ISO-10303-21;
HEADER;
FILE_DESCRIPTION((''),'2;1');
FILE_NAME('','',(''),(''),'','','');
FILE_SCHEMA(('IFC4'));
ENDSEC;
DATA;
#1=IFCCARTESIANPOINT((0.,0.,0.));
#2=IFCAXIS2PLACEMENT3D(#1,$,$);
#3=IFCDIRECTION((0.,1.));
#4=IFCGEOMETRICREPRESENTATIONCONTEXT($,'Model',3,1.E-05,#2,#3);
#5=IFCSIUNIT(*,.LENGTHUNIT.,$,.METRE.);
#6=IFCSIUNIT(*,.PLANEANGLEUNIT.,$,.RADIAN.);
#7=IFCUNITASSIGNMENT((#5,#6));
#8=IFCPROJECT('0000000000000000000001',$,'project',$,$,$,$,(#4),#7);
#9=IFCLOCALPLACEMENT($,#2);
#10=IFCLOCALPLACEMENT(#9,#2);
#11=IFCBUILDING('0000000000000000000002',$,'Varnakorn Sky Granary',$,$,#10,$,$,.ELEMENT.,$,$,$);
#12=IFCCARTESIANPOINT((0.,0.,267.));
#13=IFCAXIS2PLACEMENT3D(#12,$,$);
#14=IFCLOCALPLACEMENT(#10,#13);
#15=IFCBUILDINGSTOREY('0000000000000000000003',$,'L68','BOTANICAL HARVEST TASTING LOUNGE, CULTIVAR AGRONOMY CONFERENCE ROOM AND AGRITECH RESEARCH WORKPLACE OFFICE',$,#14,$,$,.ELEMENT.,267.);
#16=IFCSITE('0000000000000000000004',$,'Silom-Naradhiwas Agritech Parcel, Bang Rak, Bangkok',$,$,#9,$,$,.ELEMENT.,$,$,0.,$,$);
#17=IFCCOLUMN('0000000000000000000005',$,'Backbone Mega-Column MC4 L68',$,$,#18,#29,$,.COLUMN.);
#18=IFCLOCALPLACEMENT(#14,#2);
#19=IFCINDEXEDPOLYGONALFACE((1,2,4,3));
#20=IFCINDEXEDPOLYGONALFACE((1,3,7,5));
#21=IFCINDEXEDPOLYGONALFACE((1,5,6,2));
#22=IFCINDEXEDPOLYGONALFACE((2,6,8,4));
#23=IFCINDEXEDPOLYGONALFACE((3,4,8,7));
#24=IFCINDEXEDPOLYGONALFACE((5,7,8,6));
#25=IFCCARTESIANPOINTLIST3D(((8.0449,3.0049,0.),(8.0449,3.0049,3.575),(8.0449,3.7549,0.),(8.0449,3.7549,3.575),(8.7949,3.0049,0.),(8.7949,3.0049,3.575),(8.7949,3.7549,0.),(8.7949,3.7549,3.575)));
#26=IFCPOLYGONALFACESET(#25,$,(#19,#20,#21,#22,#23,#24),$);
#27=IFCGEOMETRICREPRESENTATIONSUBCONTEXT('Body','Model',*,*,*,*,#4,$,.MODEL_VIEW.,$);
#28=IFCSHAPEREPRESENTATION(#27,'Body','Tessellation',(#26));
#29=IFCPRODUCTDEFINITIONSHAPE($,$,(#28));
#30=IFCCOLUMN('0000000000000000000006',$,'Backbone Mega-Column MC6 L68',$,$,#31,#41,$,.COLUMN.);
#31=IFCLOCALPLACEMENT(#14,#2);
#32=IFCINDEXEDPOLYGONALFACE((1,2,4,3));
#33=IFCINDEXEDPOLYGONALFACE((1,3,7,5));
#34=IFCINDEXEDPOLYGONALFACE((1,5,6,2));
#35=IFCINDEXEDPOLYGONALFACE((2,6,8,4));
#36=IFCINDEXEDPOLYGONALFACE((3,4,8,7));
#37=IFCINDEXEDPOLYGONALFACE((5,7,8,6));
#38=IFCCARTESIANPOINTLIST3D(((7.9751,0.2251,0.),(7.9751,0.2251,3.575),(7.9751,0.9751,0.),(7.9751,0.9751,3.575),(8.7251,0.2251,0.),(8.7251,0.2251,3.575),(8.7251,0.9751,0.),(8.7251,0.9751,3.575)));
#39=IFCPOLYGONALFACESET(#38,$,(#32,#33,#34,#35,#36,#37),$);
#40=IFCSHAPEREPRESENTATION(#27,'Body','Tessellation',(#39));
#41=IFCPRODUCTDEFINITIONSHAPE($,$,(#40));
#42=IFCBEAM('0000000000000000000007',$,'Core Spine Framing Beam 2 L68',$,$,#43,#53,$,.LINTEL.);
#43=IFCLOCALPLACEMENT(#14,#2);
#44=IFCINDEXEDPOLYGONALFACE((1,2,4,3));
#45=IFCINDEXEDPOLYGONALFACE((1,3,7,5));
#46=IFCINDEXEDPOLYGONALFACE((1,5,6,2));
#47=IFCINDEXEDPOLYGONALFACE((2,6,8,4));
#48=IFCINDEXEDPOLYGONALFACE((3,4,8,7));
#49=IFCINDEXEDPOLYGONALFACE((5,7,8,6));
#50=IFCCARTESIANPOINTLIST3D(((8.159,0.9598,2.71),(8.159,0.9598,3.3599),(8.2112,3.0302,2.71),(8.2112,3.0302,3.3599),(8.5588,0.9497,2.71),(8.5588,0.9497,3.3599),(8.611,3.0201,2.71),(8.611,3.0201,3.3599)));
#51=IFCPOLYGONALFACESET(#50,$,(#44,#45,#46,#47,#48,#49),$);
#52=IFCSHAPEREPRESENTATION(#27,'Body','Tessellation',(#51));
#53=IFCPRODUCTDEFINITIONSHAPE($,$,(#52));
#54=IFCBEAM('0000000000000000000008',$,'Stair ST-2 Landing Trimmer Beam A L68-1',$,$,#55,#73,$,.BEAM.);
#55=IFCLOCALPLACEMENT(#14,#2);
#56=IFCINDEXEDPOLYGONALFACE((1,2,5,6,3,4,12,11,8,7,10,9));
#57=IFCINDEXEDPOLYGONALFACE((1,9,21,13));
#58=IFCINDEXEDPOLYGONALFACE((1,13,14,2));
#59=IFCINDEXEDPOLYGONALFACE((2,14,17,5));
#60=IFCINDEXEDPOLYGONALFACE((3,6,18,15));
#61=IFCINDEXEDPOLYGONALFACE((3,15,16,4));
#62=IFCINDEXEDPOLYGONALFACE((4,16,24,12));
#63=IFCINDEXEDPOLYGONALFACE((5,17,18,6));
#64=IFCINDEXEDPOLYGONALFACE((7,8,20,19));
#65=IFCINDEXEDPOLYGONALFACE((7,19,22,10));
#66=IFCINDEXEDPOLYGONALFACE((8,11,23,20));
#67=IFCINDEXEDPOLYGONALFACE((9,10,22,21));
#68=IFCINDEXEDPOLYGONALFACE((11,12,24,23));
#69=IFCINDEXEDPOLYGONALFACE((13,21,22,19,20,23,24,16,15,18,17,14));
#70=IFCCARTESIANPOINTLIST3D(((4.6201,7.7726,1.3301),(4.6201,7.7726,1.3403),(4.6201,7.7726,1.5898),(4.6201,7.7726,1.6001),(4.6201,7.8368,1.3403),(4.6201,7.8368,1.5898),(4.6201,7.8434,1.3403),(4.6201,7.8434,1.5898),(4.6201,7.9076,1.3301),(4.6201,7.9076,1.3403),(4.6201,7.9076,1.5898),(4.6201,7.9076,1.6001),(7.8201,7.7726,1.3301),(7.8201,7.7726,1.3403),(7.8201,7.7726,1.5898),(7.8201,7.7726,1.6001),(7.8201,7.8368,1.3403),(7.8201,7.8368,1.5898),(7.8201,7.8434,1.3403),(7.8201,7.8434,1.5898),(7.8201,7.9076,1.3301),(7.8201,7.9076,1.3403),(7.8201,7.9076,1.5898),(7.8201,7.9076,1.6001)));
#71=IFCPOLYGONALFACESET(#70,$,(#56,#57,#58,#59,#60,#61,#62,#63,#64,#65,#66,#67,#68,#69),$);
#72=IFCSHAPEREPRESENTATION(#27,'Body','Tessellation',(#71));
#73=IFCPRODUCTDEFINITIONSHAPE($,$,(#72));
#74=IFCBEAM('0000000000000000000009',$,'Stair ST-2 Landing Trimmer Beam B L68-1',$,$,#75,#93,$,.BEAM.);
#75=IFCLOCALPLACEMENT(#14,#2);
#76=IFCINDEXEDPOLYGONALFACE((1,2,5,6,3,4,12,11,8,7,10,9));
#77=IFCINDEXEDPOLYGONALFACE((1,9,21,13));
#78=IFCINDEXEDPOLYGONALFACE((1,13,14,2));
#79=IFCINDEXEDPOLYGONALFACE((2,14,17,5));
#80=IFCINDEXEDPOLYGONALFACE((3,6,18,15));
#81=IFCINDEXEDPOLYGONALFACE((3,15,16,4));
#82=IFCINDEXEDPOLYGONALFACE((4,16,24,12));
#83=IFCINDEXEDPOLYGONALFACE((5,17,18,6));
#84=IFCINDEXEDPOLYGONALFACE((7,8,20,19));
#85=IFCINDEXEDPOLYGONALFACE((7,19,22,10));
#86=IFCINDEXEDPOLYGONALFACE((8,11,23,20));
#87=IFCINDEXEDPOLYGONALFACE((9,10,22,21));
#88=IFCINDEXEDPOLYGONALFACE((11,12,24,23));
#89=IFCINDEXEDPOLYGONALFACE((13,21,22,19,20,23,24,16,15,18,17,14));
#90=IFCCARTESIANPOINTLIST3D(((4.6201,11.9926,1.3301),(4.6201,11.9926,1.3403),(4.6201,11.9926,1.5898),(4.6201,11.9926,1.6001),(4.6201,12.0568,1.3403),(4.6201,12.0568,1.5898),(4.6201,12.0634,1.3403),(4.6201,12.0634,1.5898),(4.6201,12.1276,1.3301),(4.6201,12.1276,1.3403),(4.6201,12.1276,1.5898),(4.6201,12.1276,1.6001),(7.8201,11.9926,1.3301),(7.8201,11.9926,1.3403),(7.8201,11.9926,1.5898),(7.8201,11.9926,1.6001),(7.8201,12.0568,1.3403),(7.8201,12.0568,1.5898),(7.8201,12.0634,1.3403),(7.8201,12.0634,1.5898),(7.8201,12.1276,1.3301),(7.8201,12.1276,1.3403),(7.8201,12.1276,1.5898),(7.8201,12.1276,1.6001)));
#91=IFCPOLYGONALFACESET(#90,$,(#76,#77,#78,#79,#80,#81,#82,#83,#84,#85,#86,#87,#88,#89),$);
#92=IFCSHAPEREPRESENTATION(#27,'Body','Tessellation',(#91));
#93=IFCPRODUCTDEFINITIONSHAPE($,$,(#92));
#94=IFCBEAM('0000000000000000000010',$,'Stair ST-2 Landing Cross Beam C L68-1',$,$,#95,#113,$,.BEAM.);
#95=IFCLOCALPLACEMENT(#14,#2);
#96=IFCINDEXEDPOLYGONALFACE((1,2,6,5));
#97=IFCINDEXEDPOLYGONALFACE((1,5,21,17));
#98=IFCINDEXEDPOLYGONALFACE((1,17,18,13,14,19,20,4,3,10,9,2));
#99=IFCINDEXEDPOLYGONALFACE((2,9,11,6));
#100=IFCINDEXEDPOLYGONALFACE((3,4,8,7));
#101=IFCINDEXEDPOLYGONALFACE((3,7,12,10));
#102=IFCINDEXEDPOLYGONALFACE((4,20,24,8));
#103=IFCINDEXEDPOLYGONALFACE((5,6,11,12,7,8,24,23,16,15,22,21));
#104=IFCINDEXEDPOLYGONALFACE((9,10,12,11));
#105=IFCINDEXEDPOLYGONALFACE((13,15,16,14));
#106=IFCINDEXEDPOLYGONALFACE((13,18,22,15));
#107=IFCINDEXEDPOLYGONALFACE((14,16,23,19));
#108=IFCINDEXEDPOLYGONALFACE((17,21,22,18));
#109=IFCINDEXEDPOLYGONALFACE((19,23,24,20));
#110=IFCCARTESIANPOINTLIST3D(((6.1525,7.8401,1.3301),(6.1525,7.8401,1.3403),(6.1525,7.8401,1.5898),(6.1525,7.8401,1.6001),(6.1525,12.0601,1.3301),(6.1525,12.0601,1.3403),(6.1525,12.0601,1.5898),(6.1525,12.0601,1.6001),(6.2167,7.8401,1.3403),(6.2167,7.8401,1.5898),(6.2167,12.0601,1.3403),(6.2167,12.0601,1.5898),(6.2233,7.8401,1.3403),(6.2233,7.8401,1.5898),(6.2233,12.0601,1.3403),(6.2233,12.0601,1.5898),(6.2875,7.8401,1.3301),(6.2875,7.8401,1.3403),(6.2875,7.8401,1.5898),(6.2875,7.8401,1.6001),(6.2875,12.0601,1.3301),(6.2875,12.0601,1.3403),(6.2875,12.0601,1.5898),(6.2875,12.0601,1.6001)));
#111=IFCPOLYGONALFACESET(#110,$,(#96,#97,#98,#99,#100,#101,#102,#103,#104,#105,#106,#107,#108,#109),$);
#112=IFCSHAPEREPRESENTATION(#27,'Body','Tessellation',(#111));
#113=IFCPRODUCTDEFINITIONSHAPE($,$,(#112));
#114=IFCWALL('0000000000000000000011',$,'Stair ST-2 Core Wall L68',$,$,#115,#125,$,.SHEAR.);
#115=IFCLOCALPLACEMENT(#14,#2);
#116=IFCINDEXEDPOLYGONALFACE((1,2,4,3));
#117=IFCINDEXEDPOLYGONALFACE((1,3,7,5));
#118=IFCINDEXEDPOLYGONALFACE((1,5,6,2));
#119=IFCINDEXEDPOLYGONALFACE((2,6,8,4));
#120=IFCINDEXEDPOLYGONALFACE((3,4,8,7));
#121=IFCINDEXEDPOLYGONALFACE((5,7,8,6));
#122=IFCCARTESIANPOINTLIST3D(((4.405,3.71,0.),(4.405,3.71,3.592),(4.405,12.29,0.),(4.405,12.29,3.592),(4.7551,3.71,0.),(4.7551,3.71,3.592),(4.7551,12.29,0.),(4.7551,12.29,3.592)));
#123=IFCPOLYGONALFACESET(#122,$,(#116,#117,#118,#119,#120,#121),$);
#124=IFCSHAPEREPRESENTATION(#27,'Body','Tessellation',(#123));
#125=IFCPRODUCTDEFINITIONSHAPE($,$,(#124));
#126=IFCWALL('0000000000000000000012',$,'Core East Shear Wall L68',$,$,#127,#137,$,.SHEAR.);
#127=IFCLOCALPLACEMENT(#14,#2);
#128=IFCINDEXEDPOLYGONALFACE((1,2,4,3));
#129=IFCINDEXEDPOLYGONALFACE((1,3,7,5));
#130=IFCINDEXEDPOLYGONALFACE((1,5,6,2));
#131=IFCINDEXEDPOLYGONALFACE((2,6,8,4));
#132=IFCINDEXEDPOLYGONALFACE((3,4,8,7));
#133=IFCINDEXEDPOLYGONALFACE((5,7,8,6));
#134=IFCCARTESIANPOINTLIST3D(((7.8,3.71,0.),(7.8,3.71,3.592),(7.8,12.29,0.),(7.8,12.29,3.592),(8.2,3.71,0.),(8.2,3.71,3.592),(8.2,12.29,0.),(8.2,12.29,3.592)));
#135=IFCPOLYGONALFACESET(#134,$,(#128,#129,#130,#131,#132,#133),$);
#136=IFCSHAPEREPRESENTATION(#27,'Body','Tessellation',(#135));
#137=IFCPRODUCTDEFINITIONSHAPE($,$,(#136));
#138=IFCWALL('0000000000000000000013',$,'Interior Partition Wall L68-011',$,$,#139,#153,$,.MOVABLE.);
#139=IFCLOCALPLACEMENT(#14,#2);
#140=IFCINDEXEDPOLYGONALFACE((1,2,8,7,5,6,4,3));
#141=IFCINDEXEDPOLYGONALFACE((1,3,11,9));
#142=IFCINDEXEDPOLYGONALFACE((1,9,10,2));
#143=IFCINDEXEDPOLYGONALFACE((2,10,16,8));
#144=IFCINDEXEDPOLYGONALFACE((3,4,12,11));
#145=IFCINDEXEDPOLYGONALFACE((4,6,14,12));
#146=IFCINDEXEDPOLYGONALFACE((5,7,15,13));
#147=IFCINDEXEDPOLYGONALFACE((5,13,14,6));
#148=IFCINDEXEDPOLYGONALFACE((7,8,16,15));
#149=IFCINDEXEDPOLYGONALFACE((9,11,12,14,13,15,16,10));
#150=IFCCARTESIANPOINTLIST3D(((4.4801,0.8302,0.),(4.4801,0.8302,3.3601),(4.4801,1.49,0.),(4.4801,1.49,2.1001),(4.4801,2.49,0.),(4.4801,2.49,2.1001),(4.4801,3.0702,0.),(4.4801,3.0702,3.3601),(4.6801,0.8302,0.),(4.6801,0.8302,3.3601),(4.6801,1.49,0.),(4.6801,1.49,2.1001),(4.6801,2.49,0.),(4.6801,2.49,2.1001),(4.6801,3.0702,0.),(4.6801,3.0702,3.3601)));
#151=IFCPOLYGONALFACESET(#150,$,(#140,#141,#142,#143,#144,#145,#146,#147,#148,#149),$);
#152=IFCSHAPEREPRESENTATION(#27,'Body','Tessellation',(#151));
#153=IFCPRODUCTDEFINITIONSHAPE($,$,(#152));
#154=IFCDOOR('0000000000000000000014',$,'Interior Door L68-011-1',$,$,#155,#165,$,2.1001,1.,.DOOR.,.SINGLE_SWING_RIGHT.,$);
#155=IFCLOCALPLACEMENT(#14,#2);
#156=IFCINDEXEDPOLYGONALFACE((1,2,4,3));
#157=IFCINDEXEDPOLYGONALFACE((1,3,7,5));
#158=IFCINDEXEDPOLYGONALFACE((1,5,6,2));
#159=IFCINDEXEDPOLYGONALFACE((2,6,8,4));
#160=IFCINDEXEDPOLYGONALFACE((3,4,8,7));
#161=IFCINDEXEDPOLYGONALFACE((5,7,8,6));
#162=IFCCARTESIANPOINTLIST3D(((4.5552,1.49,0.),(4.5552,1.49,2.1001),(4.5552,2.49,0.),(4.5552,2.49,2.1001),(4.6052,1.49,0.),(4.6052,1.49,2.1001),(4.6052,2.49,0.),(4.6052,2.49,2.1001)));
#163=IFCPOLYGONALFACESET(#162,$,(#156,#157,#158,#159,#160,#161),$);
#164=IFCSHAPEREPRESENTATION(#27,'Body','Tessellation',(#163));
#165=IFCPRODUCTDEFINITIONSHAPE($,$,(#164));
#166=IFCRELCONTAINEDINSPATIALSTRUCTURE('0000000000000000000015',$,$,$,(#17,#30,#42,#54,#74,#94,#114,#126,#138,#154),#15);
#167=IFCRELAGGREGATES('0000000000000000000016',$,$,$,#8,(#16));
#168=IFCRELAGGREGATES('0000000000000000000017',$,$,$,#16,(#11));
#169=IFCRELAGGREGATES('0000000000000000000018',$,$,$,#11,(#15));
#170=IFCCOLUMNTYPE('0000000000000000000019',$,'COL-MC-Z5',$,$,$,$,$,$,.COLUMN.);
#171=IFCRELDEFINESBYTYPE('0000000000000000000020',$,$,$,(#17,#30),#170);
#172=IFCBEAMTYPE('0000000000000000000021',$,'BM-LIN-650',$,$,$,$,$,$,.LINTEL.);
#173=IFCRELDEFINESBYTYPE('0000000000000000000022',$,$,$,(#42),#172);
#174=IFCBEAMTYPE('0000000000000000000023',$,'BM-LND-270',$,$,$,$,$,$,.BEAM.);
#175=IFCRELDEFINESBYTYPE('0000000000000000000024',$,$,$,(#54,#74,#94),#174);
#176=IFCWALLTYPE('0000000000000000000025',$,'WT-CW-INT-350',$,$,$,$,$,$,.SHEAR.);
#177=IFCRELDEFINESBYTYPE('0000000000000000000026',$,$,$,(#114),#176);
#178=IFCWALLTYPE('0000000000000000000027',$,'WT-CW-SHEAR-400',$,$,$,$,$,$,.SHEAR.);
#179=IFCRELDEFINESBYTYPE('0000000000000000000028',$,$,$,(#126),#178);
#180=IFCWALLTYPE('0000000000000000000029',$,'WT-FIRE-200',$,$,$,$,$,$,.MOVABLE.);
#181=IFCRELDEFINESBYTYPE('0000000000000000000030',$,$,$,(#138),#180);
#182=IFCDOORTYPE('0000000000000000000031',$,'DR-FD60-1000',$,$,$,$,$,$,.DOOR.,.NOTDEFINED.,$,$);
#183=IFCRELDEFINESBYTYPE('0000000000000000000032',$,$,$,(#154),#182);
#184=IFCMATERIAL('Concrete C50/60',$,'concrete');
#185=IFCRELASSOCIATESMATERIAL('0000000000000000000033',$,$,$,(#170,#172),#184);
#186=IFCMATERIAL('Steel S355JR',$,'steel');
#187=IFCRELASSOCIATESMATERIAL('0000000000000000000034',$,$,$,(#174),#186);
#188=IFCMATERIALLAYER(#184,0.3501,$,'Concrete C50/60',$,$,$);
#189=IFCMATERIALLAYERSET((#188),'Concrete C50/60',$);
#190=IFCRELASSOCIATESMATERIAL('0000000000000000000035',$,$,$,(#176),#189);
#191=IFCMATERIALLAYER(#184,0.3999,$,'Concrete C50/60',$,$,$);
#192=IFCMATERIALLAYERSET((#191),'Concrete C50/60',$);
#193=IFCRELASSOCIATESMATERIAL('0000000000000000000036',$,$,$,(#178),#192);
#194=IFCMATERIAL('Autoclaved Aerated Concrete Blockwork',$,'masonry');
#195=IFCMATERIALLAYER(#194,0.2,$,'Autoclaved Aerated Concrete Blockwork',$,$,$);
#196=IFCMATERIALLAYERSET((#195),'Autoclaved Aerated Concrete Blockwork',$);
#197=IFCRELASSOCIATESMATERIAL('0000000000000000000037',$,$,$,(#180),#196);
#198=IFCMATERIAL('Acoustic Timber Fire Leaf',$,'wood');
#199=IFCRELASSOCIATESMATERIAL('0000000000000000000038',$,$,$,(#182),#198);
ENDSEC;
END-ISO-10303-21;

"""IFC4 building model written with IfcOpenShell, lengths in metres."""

from ifc_helpers import new_model, si_unit, direction, frame, frame_2d, origin, origin_2d, place, context, subcontext, project, spatial, rectangle, i_section, extrude, material, layer, layer_set, material_profile, profile_set, type_object, element, fill, save


model = new_model("IFC4")

# Units and contexts
model_context = context("Model", 3, precision=1e-05, world=origin(), true_north=direction((0.0, 1.0)))
body_context = subcontext(model_context, "Body", "Model", "MODEL_VIEW")
ifc_project = project(units=[si_unit("LENGTHUNIT", "METRE"), si_unit("PLANEANGLEUNIT", "RADIAN")], contexts=[model_context])

# Site, building, storey
site_placement = place(None, origin())
site = spatial("IfcSite", under=ifc_project, at=site_placement, Name="Silom-Naradhiwas Agritech Parcel, Bang Rak, Bangkok", CompositionType="ELEMENT", RefElevation=0.0)
building_placement = place(site_placement, origin())
building = spatial("IfcBuilding", under=site, at=building_placement, Name="Varnakorn Sky Granary", CompositionType="ELEMENT")
storey_placement = place(building_placement, frame((0.0, 0.0, 267.0)))
storey = spatial("IfcBuildingStorey", under=building, at=storey_placement, Name="L68", Description="BOTANICAL HARVEST TASTING LOUNGE, CULTIVAR AGRONOMY CONFERENCE ROOM AND AGRITECH RESEARCH WORKPLACE OFFICE", CompositionType="ELEMENT", Elevation=267.0)

# Columns
ifc_material_1 = material(Name="Concrete C50/60", Category="concrete")
ifc_material_profile_1 = material_profile(ifc_material_1, rectangle(XDim=0.75, YDim=0.75, at=origin_2d()), Name="RC 750x750")
ifc_profile_set_1 = profile_set([ifc_material_profile_1], Name="Concrete C50/60")
column_type = type_object("IfcColumnType", Name="COL-MC-Z5", PredefinedType="COLUMN", material=ifc_profile_set_1)
for number, where, z_axis, x_axis, name in (
    (1, (8.4199, 3.3799, 0.0), (0.0, 0.0, 1.0), (1.0, 0.0, 0.0), "Backbone Mega-Column MC4 L68"),
    (2, (8.3501, 0.6001, 0.0), (0.0, 0.0, 1.0), (1.0, 0.0, 0.0), "Backbone Mega-Column MC6 L68"),
):
    element("IfcColumn", number, at=place(storey_placement, frame(where, z_axis=z_axis, x_axis=x_axis)), inside=storey, type_object=column_type, Name=name, PredefinedType="COLUMN", context=body_context, shape_type="SweptSolid", body=[
        extrude(rectangle(XDim=0.75, YDim=0.75, at=origin_2d()), origin(), (0.0, 0.0, 1.0), 3.575),
    ])

# Beams
ifc_material_profile_2 = material_profile(ifc_material_1, rectangle(XDim=0.3999, YDim=0.6499, at=origin_2d()), Name="RC 400x650")
ifc_profile_set_2 = profile_set([ifc_material_profile_2], Name="Concrete C50/60")
beam_type_1 = type_object("IfcBeamType", Name="BM-LIN-650", PredefinedType="LINTEL", material=ifc_profile_set_2)
beam_1_placement = place(storey_placement, frame((8.4111, 3.0251, 3.0349), z_axis=(-0.025228, -0.999682, 0.0), x_axis=(0.999682, -0.025228, 0.0)))
element("IfcBeam", 3, at=beam_1_placement, inside=storey, type_object=beam_type_1, Name="Core Spine Framing Beam 2 L68", PredefinedType="LINTEL", context=body_context, shape_type="SweptSolid", body=[
    extrude(rectangle(XDim=0.3999, YDim=0.6499, at=origin_2d()), origin(), (0.0, 0.0, 1.0), 2.071),
])
ifc_material_2 = material(Name="Steel S355JR", Category="steel")
ifc_material_profile_3 = material_profile(ifc_material_2, i_section(OverallWidth=0.135, OverallDepth=0.27, WebThickness=0.0066, FlangeThickness=0.0103, at=origin_2d()), Name="IPE 270")
ifc_profile_set_3 = profile_set([ifc_material_profile_3], Name="Steel S355JR")
beam_type_2 = type_object("IfcBeamType", Name="BM-LND-270", PredefinedType="BEAM", material=ifc_profile_set_3)
for number, where, z_axis, x_axis, name in (
    (4, (4.6201, 7.8401, 1.4651), (1.0, 0.0, 0.0), (0.0, 1.0, 0.0), "Stair ST-2 Landing Trimmer Beam A L68-1"),
    (5, (4.6201, 12.0601, 1.4651), (1.0, 0.0, 0.0), (0.0, 1.0, 0.0), "Stair ST-2 Landing Trimmer Beam B L68-1"),
):
    element("IfcBeam", number, at=place(storey_placement, frame(where, z_axis=z_axis, x_axis=x_axis)), inside=storey, type_object=beam_type_2, Name=name, PredefinedType="BEAM", context=body_context, shape_type="SweptSolid", body=[
        extrude(i_section(OverallWidth=0.135, OverallDepth=0.27, WebThickness=0.0066, FlangeThickness=0.0103, at=origin_2d()), origin(), (0.0, 0.0, 1.0), 3.2),
    ])
beam_2_placement = place(storey_placement, frame((6.22, 7.8401, 1.4651), z_axis=(0.0, 1.0, 0.0), x_axis=(-1.0, 0.0, 0.0)))
element("IfcBeam", 6, at=beam_2_placement, inside=storey, type_object=beam_type_2, Name="Stair ST-2 Landing Cross Beam C L68-1", PredefinedType="BEAM", context=body_context, shape_type="SweptSolid", body=[
    extrude(i_section(OverallWidth=0.135, OverallDepth=0.27, WebThickness=0.0066, FlangeThickness=0.0103, at=origin_2d()), origin(), (0.0, 0.0, 1.0), 4.22),
])

# Walls
ifc_layer_1 = layer(ifc_material_1, 0.3501, Name="Concrete C50/60")
ifc_layer_set_1 = layer_set([ifc_layer_1], Name="Concrete C50/60")
wall_type_1 = type_object("IfcWallType", Name="WT-CW-INT-350", PredefinedType="SHEAR", material=ifc_layer_set_1)
wall_1_placement = place(storey_placement, frame((4.5801, 3.71, 0.0), z_axis=(0.0, 0.0, 1.0), x_axis=(0.0, 1.0, 0.0)))
element("IfcWall", 7, at=wall_1_placement, inside=storey, type_object=wall_type_1, Name="Stair ST-2 Core Wall L68", PredefinedType="SHEAR", context=body_context, shape_type="SweptSolid", body=[
    extrude(rectangle(XDim=8.5801, YDim=0.3501, at=frame_2d((4.29, 0.0))), origin(), (0.0, 0.0, 1.0), 3.592),
])
ifc_layer_2 = layer(ifc_material_1, 0.3999, Name="Concrete C50/60")
ifc_layer_set_2 = layer_set([ifc_layer_2], Name="Concrete C50/60")
wall_type_2 = type_object("IfcWallType", Name="WT-CW-SHEAR-400", PredefinedType="SHEAR", material=ifc_layer_set_2)
wall_2_placement = place(storey_placement, frame((8.0, 3.71, 0.0), z_axis=(0.0, 0.0, 1.0), x_axis=(0.0, 1.0, 0.0)))
element("IfcWall", 8, at=wall_2_placement, inside=storey, type_object=wall_type_2, Name="Core East Shear Wall L68", PredefinedType="SHEAR", context=body_context, shape_type="SweptSolid", body=[
    extrude(rectangle(XDim=8.5801, YDim=0.3999, at=frame_2d((4.29, 0.0))), origin(), (0.0, 0.0, 1.0), 3.592),
])

# Wall, opening, door
ifc_material_3 = material(Name="Autoclaved Aerated Concrete Blockwork", Category="masonry")
ifc_layer_3 = layer(ifc_material_3, 0.2, Name="Autoclaved Aerated Concrete Blockwork")
ifc_layer_set_3 = layer_set([ifc_layer_3], Name="Autoclaved Aerated Concrete Blockwork")
wall_type_3 = type_object("IfcWallType", Name="WT-FIRE-200", PredefinedType="MOVABLE", material=ifc_layer_set_3)
wall_3_placement = place(storey_placement, frame((4.5801, 0.8301, 0.0), z_axis=(0.0, 0.0, 1.0), x_axis=(0.0, 1.0, 0.0)))
wall_3 = element("IfcWall", 9, at=wall_3_placement, inside=storey, type_object=wall_type_3, Name="Interior Partition Wall L68-011", PredefinedType="MOVABLE", context=body_context, shape_type="SweptSolid", body=[
    extrude(rectangle(XDim=2.24, YDim=0.2, at=frame_2d((1.1201, 0.0))), origin(), (0.0, 0.0, 1.0), 3.3601),
])
opening_1_placement = place(wall_3_placement, frame((0.6599, 0.0, 0.0)))
opening_1 = element("IfcOpeningElement", 10, at=opening_1_placement, cuts=wall_3, PredefinedType="OPENING", context=body_context, shape_type="SweptSolid", body=[
    extrude(rectangle(XDim=1.0, YDim=2.1001, at=frame_2d((0.5, 1.05))), frame((0.0, 0.1099, 0.0), z_axis=(0.0, -1.0, 0.0), x_axis=(1.0, 0.0, 0.0)), (0.0, 0.0, 1.0), 0.22),
])
ifc_material_4 = material(Name="Acoustic Timber Fire Leaf", Category="wood")
door_type_1 = type_object("IfcDoorType", Name="DR-FD60-1000", OperationType="NOTDEFINED", PredefinedType="DOOR", material=ifc_material_4)
door_1_placement = place(opening_1_placement, origin())
door_1 = element("IfcDoor", 11, at=door_1_placement, inside=storey, type_object=door_type_1, Name="Interior Door L68-011-1", OperationType="SINGLE_SWING_RIGHT", OverallHeight=2.1001, OverallWidth=1.0, PredefinedType="DOOR", context=body_context, shape_type="SweptSolid", body=[
    extrude(rectangle(XDim=1.0, YDim=2.1001, at=frame_2d((0.5, 1.05))), frame((0.0, 0.0249, 0.0), z_axis=(0.0, -1.0, 0.0), x_axis=(1.0, 0.0, 0.0)), (0.0, 0.0, 1.0), 0.05),
])
fill(opening_1, door_1)

save(model, "model.ifc")
